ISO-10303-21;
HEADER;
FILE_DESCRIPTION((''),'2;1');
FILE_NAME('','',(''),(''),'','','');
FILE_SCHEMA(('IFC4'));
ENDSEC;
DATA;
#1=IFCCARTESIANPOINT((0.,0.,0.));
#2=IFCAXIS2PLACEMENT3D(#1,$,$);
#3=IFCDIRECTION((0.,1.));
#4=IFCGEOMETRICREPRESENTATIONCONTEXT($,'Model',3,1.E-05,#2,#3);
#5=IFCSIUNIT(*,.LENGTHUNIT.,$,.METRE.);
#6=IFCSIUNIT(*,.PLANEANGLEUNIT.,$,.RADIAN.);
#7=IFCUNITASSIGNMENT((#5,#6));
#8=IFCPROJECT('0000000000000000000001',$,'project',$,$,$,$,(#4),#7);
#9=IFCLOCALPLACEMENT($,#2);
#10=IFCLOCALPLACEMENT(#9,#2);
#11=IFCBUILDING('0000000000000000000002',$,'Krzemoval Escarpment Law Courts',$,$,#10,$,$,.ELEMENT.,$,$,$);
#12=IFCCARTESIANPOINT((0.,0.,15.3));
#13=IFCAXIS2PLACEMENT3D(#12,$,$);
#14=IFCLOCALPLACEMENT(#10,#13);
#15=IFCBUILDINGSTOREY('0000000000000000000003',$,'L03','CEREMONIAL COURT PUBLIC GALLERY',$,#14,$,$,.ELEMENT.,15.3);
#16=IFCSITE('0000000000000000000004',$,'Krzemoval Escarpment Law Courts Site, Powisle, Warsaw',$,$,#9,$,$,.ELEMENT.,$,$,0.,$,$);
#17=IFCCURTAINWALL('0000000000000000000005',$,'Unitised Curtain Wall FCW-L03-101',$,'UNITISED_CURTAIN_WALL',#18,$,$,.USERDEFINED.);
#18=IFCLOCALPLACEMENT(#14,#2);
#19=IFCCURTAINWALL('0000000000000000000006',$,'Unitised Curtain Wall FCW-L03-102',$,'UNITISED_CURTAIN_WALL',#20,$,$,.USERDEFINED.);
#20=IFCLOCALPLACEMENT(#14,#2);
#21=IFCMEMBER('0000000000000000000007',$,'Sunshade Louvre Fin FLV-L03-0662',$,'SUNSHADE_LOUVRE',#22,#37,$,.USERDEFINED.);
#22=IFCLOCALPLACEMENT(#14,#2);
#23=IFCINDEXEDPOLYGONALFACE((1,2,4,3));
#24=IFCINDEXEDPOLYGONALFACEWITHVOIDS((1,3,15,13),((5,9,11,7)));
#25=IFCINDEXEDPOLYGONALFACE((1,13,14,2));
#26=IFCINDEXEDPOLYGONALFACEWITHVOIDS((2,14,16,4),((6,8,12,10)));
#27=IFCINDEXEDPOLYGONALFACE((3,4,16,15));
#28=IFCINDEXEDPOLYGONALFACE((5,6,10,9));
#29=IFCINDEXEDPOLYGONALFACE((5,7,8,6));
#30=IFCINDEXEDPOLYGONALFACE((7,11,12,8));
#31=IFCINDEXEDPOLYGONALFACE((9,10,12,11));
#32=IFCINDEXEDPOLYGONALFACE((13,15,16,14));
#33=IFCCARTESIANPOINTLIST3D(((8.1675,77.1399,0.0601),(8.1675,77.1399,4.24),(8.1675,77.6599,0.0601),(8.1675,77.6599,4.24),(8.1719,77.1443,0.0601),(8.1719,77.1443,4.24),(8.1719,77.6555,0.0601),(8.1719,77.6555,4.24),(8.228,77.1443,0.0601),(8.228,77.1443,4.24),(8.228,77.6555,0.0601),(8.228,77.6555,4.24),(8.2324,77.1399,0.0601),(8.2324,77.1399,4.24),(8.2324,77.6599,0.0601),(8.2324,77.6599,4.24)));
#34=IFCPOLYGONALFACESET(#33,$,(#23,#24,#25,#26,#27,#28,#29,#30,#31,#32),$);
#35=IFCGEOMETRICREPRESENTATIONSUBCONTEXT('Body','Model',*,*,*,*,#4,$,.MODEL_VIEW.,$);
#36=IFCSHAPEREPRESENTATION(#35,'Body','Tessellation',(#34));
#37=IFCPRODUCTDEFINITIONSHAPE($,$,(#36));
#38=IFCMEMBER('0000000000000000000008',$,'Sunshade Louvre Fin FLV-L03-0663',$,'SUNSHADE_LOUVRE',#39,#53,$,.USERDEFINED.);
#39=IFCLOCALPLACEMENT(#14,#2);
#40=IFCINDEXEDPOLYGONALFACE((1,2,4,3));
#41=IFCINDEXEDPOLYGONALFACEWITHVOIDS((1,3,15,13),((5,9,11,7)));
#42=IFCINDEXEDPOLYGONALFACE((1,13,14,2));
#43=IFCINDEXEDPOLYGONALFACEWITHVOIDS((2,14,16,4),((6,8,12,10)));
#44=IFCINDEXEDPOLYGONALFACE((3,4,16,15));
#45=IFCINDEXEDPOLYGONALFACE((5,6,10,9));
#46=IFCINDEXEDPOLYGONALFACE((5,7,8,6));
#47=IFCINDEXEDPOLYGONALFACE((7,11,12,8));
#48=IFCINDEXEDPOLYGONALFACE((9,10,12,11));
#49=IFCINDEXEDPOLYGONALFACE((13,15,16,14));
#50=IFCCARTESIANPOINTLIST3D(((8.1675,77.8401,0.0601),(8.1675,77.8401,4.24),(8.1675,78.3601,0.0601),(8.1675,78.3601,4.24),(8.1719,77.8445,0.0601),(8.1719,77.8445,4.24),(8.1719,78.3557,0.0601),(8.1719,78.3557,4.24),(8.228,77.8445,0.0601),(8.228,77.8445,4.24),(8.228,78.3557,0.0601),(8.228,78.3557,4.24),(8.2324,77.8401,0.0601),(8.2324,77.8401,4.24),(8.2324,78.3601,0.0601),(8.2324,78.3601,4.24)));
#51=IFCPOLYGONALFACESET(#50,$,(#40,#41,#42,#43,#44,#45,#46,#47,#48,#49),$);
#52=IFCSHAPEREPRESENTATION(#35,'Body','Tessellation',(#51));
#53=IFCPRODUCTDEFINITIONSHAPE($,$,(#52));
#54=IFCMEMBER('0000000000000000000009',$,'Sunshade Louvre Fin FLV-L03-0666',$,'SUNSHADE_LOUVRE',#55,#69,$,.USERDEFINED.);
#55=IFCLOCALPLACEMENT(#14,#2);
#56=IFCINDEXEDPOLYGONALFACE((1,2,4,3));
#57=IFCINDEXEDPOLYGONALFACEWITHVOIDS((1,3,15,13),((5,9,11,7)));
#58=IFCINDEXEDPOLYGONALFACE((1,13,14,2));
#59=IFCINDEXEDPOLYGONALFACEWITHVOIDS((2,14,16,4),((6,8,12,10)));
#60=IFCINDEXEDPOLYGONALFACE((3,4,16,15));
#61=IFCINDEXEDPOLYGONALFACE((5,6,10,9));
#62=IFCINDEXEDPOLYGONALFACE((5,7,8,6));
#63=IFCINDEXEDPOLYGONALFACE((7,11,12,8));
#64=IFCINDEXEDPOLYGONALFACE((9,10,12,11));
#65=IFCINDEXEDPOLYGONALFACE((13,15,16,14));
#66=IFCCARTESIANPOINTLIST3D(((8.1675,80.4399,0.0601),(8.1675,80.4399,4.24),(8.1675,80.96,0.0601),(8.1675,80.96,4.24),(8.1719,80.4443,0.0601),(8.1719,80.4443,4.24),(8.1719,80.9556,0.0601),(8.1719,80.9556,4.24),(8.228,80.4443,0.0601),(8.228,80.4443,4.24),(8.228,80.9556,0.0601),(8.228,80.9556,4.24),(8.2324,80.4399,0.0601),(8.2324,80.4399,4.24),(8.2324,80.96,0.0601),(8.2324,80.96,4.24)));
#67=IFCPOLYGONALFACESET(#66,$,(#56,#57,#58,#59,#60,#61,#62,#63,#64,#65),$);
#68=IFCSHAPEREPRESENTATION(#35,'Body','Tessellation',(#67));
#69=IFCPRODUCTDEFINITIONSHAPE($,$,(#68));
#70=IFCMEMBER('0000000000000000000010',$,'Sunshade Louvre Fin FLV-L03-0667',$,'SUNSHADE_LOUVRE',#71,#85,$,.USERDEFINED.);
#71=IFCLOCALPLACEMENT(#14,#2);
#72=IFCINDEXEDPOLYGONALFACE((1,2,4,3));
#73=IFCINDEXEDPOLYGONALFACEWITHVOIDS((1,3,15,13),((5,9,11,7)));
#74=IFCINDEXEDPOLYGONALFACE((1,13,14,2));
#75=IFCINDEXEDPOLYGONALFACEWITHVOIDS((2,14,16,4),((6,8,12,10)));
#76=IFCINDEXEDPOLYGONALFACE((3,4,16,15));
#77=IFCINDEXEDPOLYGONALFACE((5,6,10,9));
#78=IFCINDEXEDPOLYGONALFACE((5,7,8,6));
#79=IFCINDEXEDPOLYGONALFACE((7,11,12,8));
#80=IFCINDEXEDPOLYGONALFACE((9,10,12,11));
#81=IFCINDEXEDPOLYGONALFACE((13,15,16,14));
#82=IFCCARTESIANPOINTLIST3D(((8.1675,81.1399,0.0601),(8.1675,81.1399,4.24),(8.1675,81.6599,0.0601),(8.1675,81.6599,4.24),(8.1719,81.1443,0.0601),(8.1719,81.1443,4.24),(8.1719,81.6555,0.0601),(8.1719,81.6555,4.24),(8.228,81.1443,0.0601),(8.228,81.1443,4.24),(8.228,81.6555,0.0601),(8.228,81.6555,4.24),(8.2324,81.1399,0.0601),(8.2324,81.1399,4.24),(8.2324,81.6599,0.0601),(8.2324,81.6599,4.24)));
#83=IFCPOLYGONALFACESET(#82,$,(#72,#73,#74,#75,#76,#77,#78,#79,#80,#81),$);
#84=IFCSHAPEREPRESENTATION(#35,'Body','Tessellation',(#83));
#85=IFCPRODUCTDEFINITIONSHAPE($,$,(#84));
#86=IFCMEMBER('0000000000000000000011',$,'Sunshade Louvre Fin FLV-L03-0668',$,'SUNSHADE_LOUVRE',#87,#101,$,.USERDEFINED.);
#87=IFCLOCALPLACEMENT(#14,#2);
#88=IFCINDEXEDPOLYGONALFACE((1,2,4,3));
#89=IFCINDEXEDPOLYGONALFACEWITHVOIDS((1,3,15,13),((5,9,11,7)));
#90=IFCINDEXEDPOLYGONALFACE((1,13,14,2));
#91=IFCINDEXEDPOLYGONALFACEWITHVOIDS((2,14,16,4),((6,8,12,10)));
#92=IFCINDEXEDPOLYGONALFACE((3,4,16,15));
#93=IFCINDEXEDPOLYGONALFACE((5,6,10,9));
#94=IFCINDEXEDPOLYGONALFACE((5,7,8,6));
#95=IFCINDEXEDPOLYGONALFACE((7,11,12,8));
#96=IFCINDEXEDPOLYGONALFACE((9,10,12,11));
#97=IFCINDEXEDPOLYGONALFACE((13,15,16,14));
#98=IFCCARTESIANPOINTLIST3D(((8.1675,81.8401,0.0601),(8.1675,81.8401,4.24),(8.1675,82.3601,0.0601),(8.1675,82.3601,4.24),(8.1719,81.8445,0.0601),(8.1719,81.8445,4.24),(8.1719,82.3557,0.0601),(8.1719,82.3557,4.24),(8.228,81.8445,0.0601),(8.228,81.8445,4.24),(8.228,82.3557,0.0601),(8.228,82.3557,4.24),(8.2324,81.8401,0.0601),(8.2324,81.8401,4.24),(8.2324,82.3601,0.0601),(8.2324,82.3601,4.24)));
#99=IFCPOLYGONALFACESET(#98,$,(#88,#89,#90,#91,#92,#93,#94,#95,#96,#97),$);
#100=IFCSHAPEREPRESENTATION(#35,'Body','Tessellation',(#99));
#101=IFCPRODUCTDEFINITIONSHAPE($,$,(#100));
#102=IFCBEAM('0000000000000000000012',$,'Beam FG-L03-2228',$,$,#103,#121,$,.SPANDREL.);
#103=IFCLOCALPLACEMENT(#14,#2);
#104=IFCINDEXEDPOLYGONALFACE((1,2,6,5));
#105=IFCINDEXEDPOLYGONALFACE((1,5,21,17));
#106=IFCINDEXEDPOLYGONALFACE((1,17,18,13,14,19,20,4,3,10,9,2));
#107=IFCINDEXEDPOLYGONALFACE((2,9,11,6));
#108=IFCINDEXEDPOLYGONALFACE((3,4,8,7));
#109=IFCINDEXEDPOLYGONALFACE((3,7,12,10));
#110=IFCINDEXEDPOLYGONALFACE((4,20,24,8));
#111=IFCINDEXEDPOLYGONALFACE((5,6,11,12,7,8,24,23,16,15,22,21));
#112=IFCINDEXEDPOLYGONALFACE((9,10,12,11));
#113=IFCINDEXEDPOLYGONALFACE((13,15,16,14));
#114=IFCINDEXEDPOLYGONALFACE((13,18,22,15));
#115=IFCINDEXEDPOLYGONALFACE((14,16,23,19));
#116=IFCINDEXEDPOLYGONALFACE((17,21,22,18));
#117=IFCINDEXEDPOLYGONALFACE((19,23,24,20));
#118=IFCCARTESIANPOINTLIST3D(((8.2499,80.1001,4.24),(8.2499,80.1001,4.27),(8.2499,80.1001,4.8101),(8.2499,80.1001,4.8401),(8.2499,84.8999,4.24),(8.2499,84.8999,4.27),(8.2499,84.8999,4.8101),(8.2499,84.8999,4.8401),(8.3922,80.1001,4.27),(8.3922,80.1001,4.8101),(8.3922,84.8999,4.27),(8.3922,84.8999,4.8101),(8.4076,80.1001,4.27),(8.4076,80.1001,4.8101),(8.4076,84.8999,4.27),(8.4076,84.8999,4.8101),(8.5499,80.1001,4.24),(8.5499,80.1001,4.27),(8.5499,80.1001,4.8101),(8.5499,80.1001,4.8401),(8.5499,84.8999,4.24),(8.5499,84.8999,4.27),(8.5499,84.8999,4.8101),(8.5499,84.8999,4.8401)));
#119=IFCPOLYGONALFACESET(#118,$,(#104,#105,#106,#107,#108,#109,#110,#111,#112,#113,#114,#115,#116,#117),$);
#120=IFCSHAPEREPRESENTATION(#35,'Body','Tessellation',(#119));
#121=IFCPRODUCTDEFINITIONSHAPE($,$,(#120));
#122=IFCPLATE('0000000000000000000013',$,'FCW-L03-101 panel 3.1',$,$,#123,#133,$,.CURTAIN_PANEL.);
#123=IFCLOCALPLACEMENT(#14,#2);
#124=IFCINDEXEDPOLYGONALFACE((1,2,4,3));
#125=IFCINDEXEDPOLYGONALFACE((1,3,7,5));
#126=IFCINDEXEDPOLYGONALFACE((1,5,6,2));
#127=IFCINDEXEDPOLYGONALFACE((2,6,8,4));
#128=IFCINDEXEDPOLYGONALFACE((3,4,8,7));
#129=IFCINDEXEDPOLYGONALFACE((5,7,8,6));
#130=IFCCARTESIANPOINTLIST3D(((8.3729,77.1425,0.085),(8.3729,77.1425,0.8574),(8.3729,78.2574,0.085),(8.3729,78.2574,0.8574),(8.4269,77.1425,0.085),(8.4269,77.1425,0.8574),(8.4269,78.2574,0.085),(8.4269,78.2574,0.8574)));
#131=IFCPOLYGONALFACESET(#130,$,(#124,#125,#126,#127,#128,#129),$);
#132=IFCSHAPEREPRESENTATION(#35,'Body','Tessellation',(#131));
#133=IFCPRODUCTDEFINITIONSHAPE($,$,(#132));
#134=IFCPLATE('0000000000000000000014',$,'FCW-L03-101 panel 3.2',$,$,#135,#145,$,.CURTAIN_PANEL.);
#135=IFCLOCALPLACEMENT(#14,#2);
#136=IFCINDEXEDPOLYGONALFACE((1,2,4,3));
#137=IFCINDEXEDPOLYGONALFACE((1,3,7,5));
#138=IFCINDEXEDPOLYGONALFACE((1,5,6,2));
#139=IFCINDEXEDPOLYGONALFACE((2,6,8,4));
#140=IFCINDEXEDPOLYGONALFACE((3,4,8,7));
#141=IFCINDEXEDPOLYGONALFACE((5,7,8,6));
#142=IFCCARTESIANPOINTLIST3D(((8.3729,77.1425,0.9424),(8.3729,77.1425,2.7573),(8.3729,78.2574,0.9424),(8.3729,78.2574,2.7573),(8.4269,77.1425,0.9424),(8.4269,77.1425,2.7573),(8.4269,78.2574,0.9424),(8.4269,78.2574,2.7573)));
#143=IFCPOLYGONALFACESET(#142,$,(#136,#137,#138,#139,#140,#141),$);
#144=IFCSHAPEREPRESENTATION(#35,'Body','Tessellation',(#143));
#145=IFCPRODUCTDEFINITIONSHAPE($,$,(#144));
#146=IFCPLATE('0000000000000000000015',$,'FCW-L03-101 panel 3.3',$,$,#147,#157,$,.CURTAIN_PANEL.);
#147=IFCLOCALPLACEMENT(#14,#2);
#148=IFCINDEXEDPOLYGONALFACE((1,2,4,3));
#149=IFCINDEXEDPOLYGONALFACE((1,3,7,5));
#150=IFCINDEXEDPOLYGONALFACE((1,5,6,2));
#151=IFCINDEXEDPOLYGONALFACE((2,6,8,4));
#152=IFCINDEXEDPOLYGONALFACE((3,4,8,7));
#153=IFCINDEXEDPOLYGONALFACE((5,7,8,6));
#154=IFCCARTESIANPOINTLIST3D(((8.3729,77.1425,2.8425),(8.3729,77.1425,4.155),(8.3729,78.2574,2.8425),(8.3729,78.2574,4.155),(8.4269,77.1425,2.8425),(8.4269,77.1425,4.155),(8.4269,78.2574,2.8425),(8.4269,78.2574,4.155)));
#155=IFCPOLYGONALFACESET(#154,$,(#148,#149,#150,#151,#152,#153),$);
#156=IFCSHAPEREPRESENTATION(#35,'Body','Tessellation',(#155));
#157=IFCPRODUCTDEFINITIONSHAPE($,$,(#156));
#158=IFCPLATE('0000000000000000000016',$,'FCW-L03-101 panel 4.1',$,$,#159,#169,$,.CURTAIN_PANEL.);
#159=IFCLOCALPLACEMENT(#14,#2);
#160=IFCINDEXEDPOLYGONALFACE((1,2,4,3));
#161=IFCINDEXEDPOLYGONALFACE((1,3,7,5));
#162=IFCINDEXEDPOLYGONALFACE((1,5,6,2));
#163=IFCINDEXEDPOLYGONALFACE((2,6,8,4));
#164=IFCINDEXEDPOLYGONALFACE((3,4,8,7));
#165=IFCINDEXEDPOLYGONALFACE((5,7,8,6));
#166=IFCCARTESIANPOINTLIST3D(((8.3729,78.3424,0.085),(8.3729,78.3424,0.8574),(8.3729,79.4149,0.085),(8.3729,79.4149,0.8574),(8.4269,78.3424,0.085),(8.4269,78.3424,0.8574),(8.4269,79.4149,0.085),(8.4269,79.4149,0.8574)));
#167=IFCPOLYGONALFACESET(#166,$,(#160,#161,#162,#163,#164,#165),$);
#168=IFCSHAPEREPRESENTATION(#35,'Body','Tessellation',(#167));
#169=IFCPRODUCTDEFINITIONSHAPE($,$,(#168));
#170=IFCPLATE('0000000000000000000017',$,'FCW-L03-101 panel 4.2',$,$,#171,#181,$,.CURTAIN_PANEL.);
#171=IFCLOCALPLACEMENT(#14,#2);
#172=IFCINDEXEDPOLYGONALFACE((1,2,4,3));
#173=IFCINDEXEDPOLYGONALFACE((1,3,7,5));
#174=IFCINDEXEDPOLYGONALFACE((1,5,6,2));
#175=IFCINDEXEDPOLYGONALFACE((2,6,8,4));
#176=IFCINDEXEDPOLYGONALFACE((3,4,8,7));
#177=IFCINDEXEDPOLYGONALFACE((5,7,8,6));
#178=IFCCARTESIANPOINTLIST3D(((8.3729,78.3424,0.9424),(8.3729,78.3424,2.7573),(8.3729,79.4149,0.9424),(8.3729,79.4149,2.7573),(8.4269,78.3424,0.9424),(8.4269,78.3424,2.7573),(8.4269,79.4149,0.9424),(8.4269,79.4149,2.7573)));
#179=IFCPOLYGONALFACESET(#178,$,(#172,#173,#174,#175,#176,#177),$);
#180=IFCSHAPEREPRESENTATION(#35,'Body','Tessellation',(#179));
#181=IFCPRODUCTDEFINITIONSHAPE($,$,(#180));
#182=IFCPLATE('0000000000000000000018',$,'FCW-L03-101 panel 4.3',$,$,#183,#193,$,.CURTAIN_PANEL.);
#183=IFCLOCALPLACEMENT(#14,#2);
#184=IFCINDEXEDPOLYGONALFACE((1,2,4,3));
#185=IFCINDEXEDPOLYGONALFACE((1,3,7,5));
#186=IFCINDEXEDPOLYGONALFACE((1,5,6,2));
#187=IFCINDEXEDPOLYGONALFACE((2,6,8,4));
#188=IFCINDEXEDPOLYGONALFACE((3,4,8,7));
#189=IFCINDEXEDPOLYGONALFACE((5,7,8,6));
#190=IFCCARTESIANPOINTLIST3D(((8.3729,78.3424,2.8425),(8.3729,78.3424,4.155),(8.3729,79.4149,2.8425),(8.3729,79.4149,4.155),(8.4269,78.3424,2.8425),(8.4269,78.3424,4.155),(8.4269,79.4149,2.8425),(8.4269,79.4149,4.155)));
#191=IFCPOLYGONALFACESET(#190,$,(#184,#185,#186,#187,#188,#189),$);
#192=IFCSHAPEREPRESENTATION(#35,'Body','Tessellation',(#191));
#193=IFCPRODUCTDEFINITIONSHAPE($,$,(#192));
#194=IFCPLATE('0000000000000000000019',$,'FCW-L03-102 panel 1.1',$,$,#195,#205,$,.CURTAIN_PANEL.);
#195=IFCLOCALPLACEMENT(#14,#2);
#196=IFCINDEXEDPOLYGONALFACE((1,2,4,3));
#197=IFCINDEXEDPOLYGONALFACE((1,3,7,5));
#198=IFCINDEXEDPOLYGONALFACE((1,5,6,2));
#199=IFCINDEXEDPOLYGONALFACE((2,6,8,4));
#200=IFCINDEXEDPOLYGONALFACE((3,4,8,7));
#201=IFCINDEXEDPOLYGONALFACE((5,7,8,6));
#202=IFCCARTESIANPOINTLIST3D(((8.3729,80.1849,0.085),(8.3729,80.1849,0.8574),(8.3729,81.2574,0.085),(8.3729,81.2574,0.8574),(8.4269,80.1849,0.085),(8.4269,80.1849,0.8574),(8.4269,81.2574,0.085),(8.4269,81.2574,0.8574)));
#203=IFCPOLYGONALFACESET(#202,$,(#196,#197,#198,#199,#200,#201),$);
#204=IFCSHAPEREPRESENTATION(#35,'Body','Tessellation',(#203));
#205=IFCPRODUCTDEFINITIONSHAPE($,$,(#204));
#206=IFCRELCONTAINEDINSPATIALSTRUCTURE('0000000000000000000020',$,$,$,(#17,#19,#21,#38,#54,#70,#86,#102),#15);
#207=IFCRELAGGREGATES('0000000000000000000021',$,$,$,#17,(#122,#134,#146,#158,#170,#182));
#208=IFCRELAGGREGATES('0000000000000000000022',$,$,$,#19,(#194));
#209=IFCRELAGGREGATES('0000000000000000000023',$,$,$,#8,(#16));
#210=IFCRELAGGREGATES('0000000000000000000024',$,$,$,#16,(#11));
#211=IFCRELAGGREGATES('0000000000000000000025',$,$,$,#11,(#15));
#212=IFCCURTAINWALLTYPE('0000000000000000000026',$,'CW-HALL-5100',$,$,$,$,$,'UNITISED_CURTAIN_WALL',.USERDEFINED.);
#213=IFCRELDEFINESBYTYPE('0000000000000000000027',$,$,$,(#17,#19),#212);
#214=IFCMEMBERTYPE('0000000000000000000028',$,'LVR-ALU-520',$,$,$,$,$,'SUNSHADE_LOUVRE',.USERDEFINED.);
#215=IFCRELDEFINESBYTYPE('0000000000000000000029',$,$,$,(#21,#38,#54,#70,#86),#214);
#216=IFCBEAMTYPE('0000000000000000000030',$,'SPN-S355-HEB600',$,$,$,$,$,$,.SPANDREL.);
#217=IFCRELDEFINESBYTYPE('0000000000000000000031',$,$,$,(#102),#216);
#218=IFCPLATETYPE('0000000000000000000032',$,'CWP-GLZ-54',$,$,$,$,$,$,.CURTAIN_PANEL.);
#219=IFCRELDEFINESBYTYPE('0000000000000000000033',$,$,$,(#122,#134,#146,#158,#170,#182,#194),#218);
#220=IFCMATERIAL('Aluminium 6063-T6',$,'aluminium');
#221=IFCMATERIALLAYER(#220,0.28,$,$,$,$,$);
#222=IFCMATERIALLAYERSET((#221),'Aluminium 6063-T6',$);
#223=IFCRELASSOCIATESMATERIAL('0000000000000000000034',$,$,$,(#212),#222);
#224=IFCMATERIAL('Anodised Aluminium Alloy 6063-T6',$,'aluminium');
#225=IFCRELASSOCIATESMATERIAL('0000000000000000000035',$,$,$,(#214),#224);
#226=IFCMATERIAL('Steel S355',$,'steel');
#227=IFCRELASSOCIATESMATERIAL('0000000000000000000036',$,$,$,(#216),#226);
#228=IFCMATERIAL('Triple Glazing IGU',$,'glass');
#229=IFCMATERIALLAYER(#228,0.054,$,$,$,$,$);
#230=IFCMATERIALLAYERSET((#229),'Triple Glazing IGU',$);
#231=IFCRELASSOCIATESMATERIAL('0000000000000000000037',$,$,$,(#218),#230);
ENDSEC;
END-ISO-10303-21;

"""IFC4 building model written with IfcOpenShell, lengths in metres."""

from ifc_helpers import new_model, si_unit, direction, frame, origin, origin_2d, place, context, subcontext, project, spatial, rectangle, hollow_rectangle, i_section, extrude, material, layer, layer_set, material_profile, profile_set, type_object, element, aggregate, save


model = new_model("IFC4")

# Units and contexts
model_context = context("Model", 3, precision=1e-05, world=origin(), true_north=direction((0.0, 1.0)))
body_context = subcontext(model_context, "Body", "Model", "MODEL_VIEW")
ifc_project = project(units=[si_unit("LENGTHUNIT", "METRE"), si_unit("PLANEANGLEUNIT", "RADIAN")], contexts=[model_context])

# Site, building, storey
site_placement = place(None, origin())
site = spatial("IfcSite", under=ifc_project, at=site_placement, Name="Krzemoval Escarpment Law Courts Site, Powisle, Warsaw", CompositionType="ELEMENT", RefElevation=0.0)
building_placement = place(site_placement, origin())
building = spatial("IfcBuilding", under=site, at=building_placement, Name="Krzemoval Escarpment Law Courts", CompositionType="ELEMENT")
storey_placement = place(building_placement, frame((0.0, 0.0, 15.3)))
storey = spatial("IfcBuildingStorey", under=building, at=storey_placement, Name="L03", Description="CEREMONIAL COURT PUBLIC GALLERY", CompositionType="ELEMENT", Elevation=15.3)

# Curtain walls
ifc_material_1 = material(Name="Aluminium 6063-T6", Category="aluminium")
ifc_layer_1 = layer(ifc_material_1, 0.28)
ifc_layer_set_1 = layer_set([ifc_layer_1], Name="Aluminium 6063-T6")
curtain_wall_type = type_object("IfcCurtainWallType", Name="CW-HALL-5100", ElementType="UNITISED_CURTAIN_WALL", PredefinedType="USERDEFINED", material=ifc_layer_set_1)
curtain_wall_1_placement = place(storey_placement, origin())
curtain_wall_1 = element("IfcCurtainWall", 1, at=curtain_wall_1_placement, inside=storey, type_object=curtain_wall_type, Name="Unitised Curtain Wall FCW-L03-101", ObjectType="UNITISED_CURTAIN_WALL", PredefinedType="USERDEFINED")
curtain_wall_2_placement = place(storey_placement, origin())
curtain_wall_2 = element("IfcCurtainWall", 2, at=curtain_wall_2_placement, inside=storey, type_object=curtain_wall_type, Name="Unitised Curtain Wall FCW-L03-102", ObjectType="UNITISED_CURTAIN_WALL", PredefinedType="USERDEFINED")

# Members
ifc_material_2 = material(Name="Anodised Aluminium Alloy 6063-T6", Category="aluminium")
ifc_material_profile_1 = material_profile(ifc_material_2, hollow_rectangle(XDim=0.0649, YDim=0.52, WallThickness=0.0044, at=origin_2d()), Name="ALU LVR 65x520")
ifc_profile_set_1 = profile_set([ifc_material_profile_1], Name="Anodised Aluminium Alloy 6063-T6")
member_type_1 = type_object("IfcMemberType", Name="LVR-ALU-520", ElementType="SUNSHADE_LOUVRE", PredefinedType="USERDEFINED", material=ifc_profile_set_1)
for number, where, z_axis, x_axis, name in (
    (3, (8.2, 77.3999, 0.0601), (0.0, 0.0, 1.0), (1.0, 0.0, 0.0), "Sunshade Louvre Fin FLV-L03-0662"),
    (4, (8.2, 78.1001, 0.0601), (0.0, 0.0, 1.0), (1.0, 0.0, 0.0), "Sunshade Louvre Fin FLV-L03-0663"),
    (5, (8.2, 80.7, 0.0601), (0.0, 0.0, 1.0), (1.0, 0.0, 0.0), "Sunshade Louvre Fin FLV-L03-0666"),
    (6, (8.2, 81.3999, 0.0601), (0.0, 0.0, 1.0), (1.0, 0.0, 0.0), "Sunshade Louvre Fin FLV-L03-0667"),
    (7, (8.2, 82.1001, 0.0601), (0.0, 0.0, 1.0), (1.0, 0.0, 0.0), "Sunshade Louvre Fin FLV-L03-0668"),
):
    element("IfcMember", number, at=place(storey_placement, frame(where, z_axis=z_axis, x_axis=x_axis)), inside=storey, type_object=member_type_1, Name=name, ObjectType="SUNSHADE_LOUVRE", PredefinedType="USERDEFINED", context=body_context, shape_type="SweptSolid", body=[
        extrude(hollow_rectangle(XDim=0.0649, YDim=0.52, WallThickness=0.0044, at=origin_2d()), origin(), (0.0, 0.0, 1.0), 4.1799),
    ])

# Beam
ifc_material_3 = material(Name="Steel S355", Category="steel")
ifc_material_profile_2 = material_profile(ifc_material_3, i_section(OverallWidth=0.3, OverallDepth=0.6001, WebThickness=0.0154, FlangeThickness=0.03, at=origin_2d()), Name="HEB 600")
ifc_profile_set_2 = profile_set([ifc_material_profile_2], Name="Steel S355")
beam_type = type_object("IfcBeamType", Name="SPN-S355-HEB600", PredefinedType="SPANDREL", material=ifc_profile_set_2)
beam_placement = place(storey_placement, frame((8.3999, 80.1001, 4.54), z_axis=(0.0, 1.0, 0.0), x_axis=(-1.0, 0.0, 0.0)))
element("IfcBeam", 8, at=beam_placement, inside=storey, type_object=beam_type, Name="Beam FG-L03-2228", PredefinedType="SPANDREL", context=body_context, shape_type="SweptSolid", body=[
    extrude(i_section(OverallWidth=0.3, OverallDepth=0.6001, WebThickness=0.0154, FlangeThickness=0.03, at=origin_2d()), origin(), (0.0, 0.0, 1.0), 4.7998),
])

# Plates
ifc_material_4 = material(Name="Triple Glazing IGU", Category="glass")
ifc_layer_2 = layer(ifc_material_4, 0.054)
ifc_layer_set_2 = layer_set([ifc_layer_2], Name="Triple Glazing IGU")
plate_type = type_object("IfcPlateType", Name="CWP-GLZ-54", PredefinedType="CURTAIN_PANEL", material=ifc_layer_set_2)
plate_1_placement = place(storey_placement, frame((8.3999, 77.7, 0.085), z_axis=(0.0, 0.0, 1.0), x_axis=(0.0, 1.0, 0.0)))
plate_1 = element("IfcPlate", 9, at=plate_1_placement, type_object=plate_type, Name="FCW-L03-101 panel 3.1", PredefinedType="CURTAIN_PANEL", context=body_context, shape_type="SweptSolid", body=[
    extrude(rectangle(XDim=1.115, YDim=0.054, at=origin_2d()), origin(), (0.0, 0.0, 1.0), 0.7725),
])
plate_2_placement = place(storey_placement, frame((8.3999, 77.7, 0.9424), z_axis=(0.0, 0.0, 1.0), x_axis=(0.0, 1.0, 0.0)))
plate_2 = element("IfcPlate", 10, at=plate_2_placement, type_object=plate_type, Name="FCW-L03-101 panel 3.2", PredefinedType="CURTAIN_PANEL", context=body_context, shape_type="SweptSolid", body=[
    extrude(rectangle(XDim=1.115, YDim=0.054, at=origin_2d()), origin(), (0.0, 0.0, 1.0), 1.8149),
])
plate_3_placement = place(storey_placement, frame((8.3999, 77.7, 2.8425), z_axis=(0.0, 0.0, 1.0), x_axis=(0.0, 1.0, 0.0)))
plate_3 = element("IfcPlate", 11, at=plate_3_placement, type_object=plate_type, Name="FCW-L03-101 panel 3.3", PredefinedType="CURTAIN_PANEL", context=body_context, shape_type="SweptSolid", body=[
    extrude(rectangle(XDim=1.115, YDim=0.054, at=origin_2d()), origin(), (0.0, 0.0, 1.0), 1.3125),
])
plate_4_placement = place(storey_placement, frame((8.3999, 78.8787, 0.085), z_axis=(0.0, 0.0, 1.0), x_axis=(0.0, 1.0, 0.0)))
plate_4 = element("IfcPlate", 12, at=plate_4_placement, type_object=plate_type, Name="FCW-L03-101 panel 4.1", PredefinedType="CURTAIN_PANEL", context=body_context, shape_type="SweptSolid", body=[
    extrude(rectangle(XDim=1.0725, YDim=0.054, at=origin_2d()), origin(), (0.0, 0.0, 1.0), 0.7725),
])
plate_5_placement = place(storey_placement, frame((8.3999, 78.8787, 0.9424), z_axis=(0.0, 0.0, 1.0), x_axis=(0.0, 1.0, 0.0)))
plate_5 = element("IfcPlate", 13, at=plate_5_placement, type_object=plate_type, Name="FCW-L03-101 panel 4.2", PredefinedType="CURTAIN_PANEL", context=body_context, shape_type="SweptSolid", body=[
    extrude(rectangle(XDim=1.0725, YDim=0.054, at=origin_2d()), origin(), (0.0, 0.0, 1.0), 1.8149),
])
plate_6_placement = place(storey_placement, frame((8.3999, 78.8787, 2.8425), z_axis=(0.0, 0.0, 1.0), x_axis=(0.0, 1.0, 0.0)))
plate_6 = element("IfcPlate", 14, at=plate_6_placement, type_object=plate_type, Name="FCW-L03-101 panel 4.3", PredefinedType="CURTAIN_PANEL", context=body_context, shape_type="SweptSolid", body=[
    extrude(rectangle(XDim=1.0725, YDim=0.054, at=origin_2d()), origin(), (0.0, 0.0, 1.0), 1.3125),
])
aggregate(curtain_wall_1, [plate_1, plate_2, plate_3, plate_4, plate_5, plate_6])
plate_7_placement = place(storey_placement, frame((8.3999, 80.7212, 0.085), z_axis=(0.0, 0.0, 1.0), x_axis=(0.0, 1.0, 0.0)))
plate_7 = element("IfcPlate", 15, at=plate_7_placement, type_object=plate_type, Name="FCW-L03-102 panel 1.1", PredefinedType="CURTAIN_PANEL", context=body_context, shape_type="SweptSolid", body=[
    extrude(rectangle(XDim=1.0725, YDim=0.054, at=origin_2d()), origin(), (0.0, 0.0, 1.0), 0.7725),
])
aggregate(curtain_wall_2, [plate_7])

save(model, "model.ifc")
